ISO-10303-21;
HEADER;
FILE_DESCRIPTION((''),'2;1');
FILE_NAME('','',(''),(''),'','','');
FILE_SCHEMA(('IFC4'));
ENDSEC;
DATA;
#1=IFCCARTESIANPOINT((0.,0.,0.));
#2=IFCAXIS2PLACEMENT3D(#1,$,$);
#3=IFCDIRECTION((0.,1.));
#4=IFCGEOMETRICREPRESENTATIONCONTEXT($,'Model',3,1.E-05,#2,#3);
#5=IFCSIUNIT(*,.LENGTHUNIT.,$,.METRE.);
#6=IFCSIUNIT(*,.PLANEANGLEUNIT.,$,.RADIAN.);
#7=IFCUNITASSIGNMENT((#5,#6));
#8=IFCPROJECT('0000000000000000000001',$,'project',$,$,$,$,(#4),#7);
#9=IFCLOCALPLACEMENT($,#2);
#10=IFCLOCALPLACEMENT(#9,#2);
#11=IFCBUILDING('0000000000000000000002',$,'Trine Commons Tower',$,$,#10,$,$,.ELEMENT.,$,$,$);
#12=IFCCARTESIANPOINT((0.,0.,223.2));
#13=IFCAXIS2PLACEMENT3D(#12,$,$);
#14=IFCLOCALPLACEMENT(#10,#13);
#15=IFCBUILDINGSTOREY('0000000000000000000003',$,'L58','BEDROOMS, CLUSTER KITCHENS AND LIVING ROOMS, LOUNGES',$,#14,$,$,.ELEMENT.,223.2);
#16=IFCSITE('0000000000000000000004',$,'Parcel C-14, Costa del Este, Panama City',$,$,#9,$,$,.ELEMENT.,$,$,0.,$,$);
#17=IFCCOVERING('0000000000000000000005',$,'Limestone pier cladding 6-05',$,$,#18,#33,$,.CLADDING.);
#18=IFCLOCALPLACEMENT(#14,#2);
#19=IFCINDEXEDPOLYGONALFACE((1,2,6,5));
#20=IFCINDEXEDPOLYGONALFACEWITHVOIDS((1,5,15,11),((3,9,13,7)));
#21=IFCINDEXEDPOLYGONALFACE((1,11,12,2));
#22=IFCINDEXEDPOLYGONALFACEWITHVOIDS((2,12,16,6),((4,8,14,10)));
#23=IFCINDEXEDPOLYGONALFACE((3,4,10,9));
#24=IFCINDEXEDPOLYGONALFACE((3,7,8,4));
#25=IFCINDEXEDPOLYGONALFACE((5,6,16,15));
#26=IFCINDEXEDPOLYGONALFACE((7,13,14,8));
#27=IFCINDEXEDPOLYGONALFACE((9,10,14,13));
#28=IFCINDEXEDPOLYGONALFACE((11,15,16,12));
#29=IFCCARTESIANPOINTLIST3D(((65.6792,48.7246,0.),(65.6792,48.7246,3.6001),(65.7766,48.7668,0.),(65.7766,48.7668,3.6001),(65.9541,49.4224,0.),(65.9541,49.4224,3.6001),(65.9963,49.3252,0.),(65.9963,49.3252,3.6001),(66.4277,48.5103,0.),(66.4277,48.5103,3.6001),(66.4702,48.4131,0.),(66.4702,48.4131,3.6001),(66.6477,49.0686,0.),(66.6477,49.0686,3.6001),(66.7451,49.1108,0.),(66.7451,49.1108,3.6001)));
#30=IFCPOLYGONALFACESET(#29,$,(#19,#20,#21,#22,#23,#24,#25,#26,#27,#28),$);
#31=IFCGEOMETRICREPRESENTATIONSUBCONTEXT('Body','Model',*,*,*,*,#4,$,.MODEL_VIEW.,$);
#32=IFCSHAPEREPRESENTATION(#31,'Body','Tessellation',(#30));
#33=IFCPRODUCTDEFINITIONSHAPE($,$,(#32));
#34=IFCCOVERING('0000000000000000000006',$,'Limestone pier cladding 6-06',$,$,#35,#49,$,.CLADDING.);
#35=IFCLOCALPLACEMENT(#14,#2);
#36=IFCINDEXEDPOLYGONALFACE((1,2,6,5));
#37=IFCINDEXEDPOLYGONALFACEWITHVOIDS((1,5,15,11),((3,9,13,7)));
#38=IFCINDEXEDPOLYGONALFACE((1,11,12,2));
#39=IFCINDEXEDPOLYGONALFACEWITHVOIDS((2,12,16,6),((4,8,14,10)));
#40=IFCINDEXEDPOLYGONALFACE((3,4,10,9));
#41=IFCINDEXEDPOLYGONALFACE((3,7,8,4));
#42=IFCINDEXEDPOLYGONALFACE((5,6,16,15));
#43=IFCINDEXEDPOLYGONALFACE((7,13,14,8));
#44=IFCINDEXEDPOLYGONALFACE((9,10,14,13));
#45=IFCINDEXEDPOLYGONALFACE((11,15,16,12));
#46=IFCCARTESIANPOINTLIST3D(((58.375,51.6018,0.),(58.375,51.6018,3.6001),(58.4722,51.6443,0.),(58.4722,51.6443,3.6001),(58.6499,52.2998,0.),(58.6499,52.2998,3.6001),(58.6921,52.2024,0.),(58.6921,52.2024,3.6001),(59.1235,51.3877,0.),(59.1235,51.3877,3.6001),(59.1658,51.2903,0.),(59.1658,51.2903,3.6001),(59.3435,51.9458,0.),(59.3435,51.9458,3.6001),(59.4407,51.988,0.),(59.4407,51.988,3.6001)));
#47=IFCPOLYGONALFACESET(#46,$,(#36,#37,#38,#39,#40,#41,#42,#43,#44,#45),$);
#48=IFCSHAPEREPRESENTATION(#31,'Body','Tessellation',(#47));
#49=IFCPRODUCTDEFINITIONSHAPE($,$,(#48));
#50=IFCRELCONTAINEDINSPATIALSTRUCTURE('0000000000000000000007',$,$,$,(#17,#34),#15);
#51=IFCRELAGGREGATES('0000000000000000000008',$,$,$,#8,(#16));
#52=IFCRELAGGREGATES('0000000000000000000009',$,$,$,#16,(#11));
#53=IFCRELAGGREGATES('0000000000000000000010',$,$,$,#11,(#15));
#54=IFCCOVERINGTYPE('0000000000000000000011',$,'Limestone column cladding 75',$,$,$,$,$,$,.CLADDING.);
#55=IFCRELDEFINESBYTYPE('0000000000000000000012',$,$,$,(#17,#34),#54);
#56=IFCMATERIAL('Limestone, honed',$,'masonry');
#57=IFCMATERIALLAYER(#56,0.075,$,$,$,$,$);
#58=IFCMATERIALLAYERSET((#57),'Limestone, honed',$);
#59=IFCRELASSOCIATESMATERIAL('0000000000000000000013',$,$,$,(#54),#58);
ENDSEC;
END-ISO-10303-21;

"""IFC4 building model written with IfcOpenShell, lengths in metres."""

from ifc_helpers import new_model, si_unit, direction, frame, origin, place, context, subcontext, project, spatial, polyline, outline, extrude, material, layer, layer_set, type_object, element, save


model = new_model("IFC4")

# Units and contexts
model_context = context("Model", 3, precision=1e-05, world=origin(), true_north=direction((0.0, 1.0)))
body_context = subcontext(model_context, "Body", "Model", "MODEL_VIEW")
ifc_project = project(units=[si_unit("LENGTHUNIT", "METRE"), si_unit("PLANEANGLEUNIT", "RADIAN")], contexts=[model_context])

# Site, building, storey
site_placement = place(None, origin())
site = spatial("IfcSite", under=ifc_project, at=site_placement, Name="Parcel C-14, Costa del Este, Panama City", CompositionType="ELEMENT", RefElevation=0.0)
building_placement = place(site_placement, origin())
building = spatial("IfcBuilding", under=site, at=building_placement, Name="Trine Commons Tower", CompositionType="ELEMENT")
storey_placement = place(building_placement, frame((0.0, 0.0, 223.2)))
storey = spatial("IfcBuildingStorey", under=building, at=storey_placement, Name="L58", Description="BEDROOMS, CLUSTER KITCHENS AND LIVING ROOMS, LOUNGES", CompositionType="ELEMENT", Elevation=223.2)

# Coverings
ifc_material_1 = material(Name="Limestone, honed", Category="masonry")
ifc_layer_1 = layer(ifc_material_1, 0.075)
ifc_layer_set_1 = layer_set([ifc_layer_1], Name="Limestone, honed")
covering_type_1 = type_object("IfcCoveringType", Name="Limestone column cladding 75", PredefinedType="CLADDING", material=ifc_layer_set_1)
covering_1_placement = place(storey_placement, origin())
element("IfcCovering", 1, at=covering_1_placement, inside=storey, type_object=covering_type_1, Name="Limestone pier cladding 6-05", PredefinedType="CLADDING", context=body_context, shape_type="SweptSolid", body=[
    extrude(outline(polyline([(65.9541, 49.4224), (65.6792, 48.7246), (66.4702, 48.4131), (66.7451, 49.1108), (65.9541, 49.4224)]), holes=[polyline([(65.9963, 49.3252), (65.7766, 48.7668), (66.4277, 48.5103), (66.6477, 49.0686), (65.9963, 49.3252)])]), origin(), (0.0, 0.0, 1.0), 3.6001),
])
covering_2_placement = place(storey_placement, origin())
element("IfcCovering", 2, at=covering_2_placement, inside=storey, type_object=covering_type_1, Name="Limestone pier cladding 6-06", PredefinedType="CLADDING", context=body_context, shape_type="SweptSolid", body=[
    extrude(outline(polyline([(58.6499, 52.2998), (58.375, 51.6018), (59.1658, 51.2903), (59.4407, 51.988), (58.6499, 52.2998)]), holes=[polyline([(58.6921, 52.2024), (58.4722, 51.6443), (59.1235, 51.3877), (59.3435, 51.9458), (58.6921, 52.2024)])]), origin(), (0.0, 0.0, 1.0), 3.6001),
])

save(model, "model.ifc")
